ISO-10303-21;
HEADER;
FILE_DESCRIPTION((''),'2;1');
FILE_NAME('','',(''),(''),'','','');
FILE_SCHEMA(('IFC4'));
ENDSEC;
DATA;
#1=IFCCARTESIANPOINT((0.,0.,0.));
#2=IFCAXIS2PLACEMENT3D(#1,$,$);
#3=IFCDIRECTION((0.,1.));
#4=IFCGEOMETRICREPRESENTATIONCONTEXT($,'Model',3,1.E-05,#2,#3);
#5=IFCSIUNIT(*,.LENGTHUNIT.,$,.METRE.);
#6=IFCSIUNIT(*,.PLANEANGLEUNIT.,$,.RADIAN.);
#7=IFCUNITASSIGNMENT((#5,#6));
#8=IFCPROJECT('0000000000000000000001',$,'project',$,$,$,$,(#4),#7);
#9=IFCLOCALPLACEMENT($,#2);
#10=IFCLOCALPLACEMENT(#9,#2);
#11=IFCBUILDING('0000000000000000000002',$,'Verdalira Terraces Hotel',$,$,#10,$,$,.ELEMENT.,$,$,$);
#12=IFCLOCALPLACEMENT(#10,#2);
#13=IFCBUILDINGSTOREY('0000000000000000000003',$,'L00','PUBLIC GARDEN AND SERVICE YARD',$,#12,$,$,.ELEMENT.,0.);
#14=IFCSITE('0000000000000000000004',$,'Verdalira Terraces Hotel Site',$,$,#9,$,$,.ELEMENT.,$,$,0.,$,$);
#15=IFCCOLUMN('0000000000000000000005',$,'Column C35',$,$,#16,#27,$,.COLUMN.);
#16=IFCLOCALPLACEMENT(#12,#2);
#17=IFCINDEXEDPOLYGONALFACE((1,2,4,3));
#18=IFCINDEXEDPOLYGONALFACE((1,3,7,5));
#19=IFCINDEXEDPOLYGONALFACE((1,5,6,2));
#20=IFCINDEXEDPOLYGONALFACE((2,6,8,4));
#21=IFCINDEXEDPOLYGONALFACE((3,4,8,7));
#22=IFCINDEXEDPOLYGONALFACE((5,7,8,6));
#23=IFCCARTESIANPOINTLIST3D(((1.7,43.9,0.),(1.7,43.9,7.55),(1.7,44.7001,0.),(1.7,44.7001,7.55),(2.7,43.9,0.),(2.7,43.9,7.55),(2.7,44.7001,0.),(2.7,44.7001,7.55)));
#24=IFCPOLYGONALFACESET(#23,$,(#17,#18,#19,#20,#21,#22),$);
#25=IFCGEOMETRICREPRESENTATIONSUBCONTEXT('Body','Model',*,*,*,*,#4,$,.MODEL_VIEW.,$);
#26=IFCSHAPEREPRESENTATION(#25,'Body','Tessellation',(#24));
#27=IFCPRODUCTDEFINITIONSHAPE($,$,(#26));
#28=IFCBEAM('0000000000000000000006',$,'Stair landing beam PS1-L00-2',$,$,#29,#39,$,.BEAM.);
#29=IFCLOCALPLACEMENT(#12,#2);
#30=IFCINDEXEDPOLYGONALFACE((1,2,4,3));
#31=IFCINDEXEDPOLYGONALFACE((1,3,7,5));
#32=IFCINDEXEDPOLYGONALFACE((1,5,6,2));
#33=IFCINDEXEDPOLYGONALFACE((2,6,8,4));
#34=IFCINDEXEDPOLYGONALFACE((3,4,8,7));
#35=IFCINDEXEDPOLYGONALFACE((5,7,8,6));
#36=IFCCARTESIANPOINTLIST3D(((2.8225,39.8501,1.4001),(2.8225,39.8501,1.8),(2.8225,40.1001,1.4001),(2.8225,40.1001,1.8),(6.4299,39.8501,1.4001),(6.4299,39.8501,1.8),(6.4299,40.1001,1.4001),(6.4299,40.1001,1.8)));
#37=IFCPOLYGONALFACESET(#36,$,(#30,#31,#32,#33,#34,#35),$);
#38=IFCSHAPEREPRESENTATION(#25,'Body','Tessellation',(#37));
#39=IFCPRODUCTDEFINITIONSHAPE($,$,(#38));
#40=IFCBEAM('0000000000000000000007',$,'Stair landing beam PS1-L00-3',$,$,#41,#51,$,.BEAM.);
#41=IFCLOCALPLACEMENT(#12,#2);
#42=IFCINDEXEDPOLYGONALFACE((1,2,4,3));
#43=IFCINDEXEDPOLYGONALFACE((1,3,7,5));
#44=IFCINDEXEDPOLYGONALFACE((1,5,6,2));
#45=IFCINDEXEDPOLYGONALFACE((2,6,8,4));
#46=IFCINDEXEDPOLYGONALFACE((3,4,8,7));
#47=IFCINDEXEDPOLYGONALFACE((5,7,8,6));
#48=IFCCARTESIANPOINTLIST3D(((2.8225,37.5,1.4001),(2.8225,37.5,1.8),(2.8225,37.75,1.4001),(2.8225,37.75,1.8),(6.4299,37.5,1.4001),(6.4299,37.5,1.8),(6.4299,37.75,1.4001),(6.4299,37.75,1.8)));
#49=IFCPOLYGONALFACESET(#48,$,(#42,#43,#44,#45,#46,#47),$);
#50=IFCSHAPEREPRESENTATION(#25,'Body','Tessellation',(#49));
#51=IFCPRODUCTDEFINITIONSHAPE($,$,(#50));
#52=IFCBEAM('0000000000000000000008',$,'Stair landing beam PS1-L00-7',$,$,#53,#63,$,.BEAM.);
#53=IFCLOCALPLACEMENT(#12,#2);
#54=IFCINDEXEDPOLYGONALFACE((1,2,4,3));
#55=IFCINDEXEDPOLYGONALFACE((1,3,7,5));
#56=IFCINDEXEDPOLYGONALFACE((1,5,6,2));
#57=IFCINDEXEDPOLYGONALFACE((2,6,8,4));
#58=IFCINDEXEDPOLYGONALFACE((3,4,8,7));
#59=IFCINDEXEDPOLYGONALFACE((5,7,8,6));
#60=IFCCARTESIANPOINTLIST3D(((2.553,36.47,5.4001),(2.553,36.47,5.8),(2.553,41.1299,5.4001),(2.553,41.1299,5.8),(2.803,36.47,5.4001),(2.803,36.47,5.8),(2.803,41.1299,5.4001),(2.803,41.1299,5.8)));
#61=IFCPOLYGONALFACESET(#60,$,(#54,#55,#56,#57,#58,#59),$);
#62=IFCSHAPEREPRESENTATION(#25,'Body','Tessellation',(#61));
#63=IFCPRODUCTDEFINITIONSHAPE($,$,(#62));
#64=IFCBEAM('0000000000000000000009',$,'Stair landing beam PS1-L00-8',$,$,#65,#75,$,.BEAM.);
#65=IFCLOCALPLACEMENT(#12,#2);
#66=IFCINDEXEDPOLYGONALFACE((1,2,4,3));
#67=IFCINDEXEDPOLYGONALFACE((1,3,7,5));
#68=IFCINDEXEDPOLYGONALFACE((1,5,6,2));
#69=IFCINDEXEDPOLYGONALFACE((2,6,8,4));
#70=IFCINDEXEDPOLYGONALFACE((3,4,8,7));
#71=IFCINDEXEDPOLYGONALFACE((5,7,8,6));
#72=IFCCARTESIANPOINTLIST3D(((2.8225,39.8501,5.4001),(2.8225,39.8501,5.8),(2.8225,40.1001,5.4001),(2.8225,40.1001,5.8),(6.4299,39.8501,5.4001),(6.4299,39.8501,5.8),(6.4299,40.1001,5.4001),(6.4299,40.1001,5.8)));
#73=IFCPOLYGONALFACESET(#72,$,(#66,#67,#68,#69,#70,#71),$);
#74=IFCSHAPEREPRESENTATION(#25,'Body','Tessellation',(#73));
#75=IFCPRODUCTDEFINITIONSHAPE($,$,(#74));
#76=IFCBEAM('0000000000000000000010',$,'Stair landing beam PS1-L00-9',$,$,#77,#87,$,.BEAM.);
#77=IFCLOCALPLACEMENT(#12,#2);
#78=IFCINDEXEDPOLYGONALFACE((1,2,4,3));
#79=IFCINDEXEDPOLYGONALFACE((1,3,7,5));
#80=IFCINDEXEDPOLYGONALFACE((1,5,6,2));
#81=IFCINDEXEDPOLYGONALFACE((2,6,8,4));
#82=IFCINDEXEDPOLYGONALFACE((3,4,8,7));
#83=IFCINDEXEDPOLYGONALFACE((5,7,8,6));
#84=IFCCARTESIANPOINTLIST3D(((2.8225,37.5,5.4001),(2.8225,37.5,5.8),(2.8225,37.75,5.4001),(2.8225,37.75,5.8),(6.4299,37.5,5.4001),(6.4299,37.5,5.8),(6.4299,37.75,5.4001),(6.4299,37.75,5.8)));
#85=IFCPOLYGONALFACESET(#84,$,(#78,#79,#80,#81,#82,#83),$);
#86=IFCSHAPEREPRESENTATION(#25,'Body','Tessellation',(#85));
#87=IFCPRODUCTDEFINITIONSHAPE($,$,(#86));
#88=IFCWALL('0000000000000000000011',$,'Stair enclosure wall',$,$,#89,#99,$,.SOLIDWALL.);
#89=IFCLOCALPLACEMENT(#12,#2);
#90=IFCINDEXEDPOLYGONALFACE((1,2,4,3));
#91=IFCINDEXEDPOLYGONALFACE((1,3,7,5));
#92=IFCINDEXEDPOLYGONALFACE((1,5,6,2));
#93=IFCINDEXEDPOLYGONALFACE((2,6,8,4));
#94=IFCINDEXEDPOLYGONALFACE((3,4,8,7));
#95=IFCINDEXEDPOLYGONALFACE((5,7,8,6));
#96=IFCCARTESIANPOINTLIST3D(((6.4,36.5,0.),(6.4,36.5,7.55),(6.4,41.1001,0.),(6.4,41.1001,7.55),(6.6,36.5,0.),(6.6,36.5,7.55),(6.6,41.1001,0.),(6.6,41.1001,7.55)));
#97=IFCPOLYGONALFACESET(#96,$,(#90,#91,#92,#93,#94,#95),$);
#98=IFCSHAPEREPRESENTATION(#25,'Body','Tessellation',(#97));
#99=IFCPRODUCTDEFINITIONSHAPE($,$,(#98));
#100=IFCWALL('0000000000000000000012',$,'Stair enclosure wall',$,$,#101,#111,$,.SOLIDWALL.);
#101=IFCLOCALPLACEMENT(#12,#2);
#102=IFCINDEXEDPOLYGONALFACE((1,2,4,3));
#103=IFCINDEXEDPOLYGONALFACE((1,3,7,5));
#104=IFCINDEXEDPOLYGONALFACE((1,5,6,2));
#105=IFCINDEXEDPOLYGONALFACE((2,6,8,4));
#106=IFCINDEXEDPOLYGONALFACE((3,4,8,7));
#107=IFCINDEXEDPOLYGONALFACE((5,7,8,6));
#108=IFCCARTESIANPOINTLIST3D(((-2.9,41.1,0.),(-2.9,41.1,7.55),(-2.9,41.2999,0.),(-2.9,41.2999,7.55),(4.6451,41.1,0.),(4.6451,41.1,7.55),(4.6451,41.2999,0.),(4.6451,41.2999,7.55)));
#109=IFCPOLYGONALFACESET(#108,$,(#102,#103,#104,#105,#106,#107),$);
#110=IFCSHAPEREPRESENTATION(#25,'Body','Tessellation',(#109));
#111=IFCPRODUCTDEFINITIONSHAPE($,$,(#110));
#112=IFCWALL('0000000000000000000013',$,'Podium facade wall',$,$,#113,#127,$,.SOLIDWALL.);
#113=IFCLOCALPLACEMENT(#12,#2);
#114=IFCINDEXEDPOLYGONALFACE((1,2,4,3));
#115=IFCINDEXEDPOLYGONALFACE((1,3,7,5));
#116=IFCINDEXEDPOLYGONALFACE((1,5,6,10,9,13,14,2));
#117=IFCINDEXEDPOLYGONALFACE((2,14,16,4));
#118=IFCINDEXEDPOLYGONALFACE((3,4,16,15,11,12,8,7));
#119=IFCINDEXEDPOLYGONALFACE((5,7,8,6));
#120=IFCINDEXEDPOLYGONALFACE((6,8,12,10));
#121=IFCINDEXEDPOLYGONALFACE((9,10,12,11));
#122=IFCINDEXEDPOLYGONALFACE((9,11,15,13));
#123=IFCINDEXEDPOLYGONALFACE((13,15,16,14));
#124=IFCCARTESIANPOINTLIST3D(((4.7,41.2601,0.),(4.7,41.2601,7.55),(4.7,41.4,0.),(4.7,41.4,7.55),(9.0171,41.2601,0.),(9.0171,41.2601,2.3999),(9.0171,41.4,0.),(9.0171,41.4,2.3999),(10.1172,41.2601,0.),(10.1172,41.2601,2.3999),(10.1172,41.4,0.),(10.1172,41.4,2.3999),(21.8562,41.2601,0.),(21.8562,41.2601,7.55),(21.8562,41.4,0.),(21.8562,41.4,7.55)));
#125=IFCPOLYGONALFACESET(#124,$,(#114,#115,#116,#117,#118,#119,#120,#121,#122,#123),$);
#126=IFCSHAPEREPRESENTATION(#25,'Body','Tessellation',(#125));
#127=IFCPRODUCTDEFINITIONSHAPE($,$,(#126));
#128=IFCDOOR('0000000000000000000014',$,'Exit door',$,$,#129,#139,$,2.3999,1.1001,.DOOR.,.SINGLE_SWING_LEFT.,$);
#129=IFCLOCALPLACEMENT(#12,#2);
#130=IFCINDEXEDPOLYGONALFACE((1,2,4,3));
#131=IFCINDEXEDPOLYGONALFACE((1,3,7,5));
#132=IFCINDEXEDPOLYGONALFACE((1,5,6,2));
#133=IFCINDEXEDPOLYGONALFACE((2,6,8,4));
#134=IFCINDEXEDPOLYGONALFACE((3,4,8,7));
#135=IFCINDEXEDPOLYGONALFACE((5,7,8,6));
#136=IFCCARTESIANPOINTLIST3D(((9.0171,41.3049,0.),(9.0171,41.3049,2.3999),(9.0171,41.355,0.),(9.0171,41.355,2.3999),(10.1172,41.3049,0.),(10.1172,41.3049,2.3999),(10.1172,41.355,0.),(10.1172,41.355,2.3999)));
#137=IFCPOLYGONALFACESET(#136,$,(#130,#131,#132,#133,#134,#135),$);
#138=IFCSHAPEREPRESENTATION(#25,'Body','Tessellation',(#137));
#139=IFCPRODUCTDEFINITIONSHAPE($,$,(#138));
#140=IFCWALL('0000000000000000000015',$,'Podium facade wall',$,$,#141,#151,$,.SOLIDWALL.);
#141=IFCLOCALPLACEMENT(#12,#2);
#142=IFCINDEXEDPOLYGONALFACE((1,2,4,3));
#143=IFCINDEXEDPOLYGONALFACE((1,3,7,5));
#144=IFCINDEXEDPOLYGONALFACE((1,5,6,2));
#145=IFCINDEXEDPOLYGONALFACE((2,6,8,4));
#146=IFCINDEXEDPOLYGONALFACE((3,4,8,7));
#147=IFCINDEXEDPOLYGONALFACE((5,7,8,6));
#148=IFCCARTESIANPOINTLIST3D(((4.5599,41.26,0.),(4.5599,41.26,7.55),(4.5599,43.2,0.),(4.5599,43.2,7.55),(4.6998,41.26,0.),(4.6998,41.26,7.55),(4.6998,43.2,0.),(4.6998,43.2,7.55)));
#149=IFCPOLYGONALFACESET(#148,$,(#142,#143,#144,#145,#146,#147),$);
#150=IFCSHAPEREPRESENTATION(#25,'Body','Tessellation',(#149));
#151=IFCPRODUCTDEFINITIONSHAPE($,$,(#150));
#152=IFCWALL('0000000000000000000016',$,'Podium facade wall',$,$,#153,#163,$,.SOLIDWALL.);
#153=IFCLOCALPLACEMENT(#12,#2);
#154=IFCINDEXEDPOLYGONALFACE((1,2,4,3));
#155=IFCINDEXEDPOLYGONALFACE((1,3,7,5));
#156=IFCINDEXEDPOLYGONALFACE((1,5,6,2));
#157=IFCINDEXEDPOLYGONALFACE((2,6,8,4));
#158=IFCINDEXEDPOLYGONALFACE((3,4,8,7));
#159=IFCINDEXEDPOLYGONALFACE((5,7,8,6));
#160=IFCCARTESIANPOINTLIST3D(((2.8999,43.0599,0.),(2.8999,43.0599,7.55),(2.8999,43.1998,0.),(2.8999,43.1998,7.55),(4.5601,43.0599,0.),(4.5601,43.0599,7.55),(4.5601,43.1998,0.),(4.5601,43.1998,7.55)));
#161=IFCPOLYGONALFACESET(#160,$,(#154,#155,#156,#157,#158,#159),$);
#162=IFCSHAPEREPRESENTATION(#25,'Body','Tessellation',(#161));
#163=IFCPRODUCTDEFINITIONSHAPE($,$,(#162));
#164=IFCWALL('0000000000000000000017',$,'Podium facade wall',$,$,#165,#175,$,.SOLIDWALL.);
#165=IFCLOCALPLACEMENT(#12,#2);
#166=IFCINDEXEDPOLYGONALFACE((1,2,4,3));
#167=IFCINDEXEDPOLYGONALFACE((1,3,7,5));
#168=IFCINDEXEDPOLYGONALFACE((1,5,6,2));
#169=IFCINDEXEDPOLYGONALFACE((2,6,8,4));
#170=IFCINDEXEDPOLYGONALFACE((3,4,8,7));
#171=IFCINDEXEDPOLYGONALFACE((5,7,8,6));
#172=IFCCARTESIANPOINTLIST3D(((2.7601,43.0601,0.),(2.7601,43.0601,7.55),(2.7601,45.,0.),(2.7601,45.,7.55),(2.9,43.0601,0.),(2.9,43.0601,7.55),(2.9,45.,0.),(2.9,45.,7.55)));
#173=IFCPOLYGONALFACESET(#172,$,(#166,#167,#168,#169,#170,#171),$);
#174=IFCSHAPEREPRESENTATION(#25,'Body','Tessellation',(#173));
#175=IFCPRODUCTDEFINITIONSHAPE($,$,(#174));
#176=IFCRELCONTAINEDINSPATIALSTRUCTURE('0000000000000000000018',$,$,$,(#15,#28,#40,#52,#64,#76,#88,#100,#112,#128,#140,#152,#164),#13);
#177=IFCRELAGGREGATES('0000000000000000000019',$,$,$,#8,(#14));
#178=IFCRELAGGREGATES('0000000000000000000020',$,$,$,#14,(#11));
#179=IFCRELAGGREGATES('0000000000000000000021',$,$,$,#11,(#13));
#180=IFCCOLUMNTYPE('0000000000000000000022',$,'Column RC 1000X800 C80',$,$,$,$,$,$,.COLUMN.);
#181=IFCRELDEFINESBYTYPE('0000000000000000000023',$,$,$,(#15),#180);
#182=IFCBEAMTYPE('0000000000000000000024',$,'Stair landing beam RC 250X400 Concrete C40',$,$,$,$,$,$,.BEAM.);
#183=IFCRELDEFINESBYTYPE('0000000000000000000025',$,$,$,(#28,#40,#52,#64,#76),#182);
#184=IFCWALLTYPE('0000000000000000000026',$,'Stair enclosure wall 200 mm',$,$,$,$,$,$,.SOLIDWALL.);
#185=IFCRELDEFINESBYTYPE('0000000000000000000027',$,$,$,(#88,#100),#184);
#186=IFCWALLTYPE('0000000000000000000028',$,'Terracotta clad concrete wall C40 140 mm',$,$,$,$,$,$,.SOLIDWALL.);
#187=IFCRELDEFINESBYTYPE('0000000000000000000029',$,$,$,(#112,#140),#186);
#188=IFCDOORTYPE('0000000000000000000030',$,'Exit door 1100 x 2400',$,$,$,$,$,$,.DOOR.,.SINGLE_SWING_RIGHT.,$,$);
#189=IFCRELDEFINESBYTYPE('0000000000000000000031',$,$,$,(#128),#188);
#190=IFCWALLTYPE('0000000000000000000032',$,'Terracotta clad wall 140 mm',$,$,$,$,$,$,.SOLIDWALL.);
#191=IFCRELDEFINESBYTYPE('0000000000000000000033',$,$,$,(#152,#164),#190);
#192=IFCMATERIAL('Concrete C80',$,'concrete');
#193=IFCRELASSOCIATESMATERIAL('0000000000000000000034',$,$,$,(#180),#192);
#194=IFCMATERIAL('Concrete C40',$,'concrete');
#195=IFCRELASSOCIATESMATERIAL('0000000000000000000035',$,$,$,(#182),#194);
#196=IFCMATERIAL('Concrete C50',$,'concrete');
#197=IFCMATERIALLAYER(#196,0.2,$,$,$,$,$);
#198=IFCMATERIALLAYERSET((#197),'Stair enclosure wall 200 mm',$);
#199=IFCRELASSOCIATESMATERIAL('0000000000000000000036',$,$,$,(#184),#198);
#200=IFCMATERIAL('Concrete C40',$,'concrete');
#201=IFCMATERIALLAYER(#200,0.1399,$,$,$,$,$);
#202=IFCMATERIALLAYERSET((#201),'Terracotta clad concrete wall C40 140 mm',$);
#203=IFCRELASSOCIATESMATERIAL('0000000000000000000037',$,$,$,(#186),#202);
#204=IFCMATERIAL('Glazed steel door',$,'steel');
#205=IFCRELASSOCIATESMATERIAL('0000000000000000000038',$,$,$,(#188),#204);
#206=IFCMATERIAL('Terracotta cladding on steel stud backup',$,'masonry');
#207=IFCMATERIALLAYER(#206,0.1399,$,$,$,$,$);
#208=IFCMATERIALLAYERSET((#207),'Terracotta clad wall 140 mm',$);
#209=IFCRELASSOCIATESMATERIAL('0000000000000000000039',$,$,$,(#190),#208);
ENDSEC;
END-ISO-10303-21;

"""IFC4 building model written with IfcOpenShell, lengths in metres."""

from ifc_helpers import new_model, si_unit, direction, frame, frame_2d, origin, origin_2d, place, context, subcontext, project, spatial, rectangle, extrude, material, layer, layer_set, material_profile, profile_set, type_object, element, fill, save


model = new_model("IFC4")

# Units and contexts
model_context = context("Model", 3, precision=1e-05, world=origin(), true_north=direction((0.0, 1.0)))
body_context = subcontext(model_context, "Body", "Model", "MODEL_VIEW")
ifc_project = project(units=[si_unit("LENGTHUNIT", "METRE"), si_unit("PLANEANGLEUNIT", "RADIAN")], contexts=[model_context])

# Site, building, storey
site_placement = place(None, origin())
site = spatial("IfcSite", under=ifc_project, at=site_placement, Name="Verdalira Terraces Hotel Site", CompositionType="ELEMENT", RefElevation=0.0)
building_placement = place(site_placement, origin())
building = spatial("IfcBuilding", under=site, at=building_placement, Name="Verdalira Terraces Hotel", CompositionType="ELEMENT")
storey_placement = place(building_placement, origin())
storey = spatial("IfcBuildingStorey", under=building, at=storey_placement, Name="L00", Description="PUBLIC GARDEN AND SERVICE YARD", CompositionType="ELEMENT", Elevation=0.0)

# Column
ifc_material_1 = material(Name="Concrete C80", Category="concrete")
ifc_material_profile_1 = material_profile(ifc_material_1, rectangle(XDim=1.0, YDim=0.8, at=origin_2d()), Name="RC 1000X800")
ifc_profile_set_1 = profile_set([ifc_material_profile_1], Name="Concrete C80")
column_type = type_object("IfcColumnType", Name="Column RC 1000X800 C80", PredefinedType="COLUMN", material=ifc_profile_set_1)
column_placement = place(storey_placement, frame((2.2, 44.3, 0.0), z_axis=(0.0, 0.0, 1.0), x_axis=(-1.0, 0.0, 0.0)))
element("IfcColumn", 1, at=column_placement, inside=storey, type_object=column_type, Name="Column C35", PredefinedType="COLUMN", context=body_context, shape_type="SweptSolid", body=[
    extrude(rectangle(XDim=1.0, YDim=0.8, at=origin_2d()), origin(), (0.0, 0.0, 1.0), 7.55),
])

# Beams
ifc_material_2 = material(Name="Concrete C40", Category="concrete")
ifc_material_profile_2 = material_profile(ifc_material_2, rectangle(XDim=0.25, YDim=0.3999, at=origin_2d()), Name="RC 250X400")
ifc_profile_set_2 = profile_set([ifc_material_profile_2], Name="Concrete C40")
beam_type = type_object("IfcBeamType", Name="Stair landing beam RC 250X400 Concrete C40", PredefinedType="BEAM", material=ifc_profile_set_2)
for number, where, z_axis, x_axis, name in (
    (2, (2.8225, 39.9751, 1.6001), (1.0, 0.0, 0.0), (0.0, 1.0, 0.0), "Stair landing beam PS1-L00-2"),
    (3, (2.8225, 37.625, 1.6001), (1.0, 0.0, 0.0), (0.0, 1.0, 0.0), "Stair landing beam PS1-L00-3"),
):
    element("IfcBeam", number, at=place(storey_placement, frame(where, z_axis=z_axis, x_axis=x_axis)), inside=storey, type_object=beam_type, Name=name, PredefinedType="BEAM", context=body_context, shape_type="SweptSolid", body=[
        extrude(rectangle(XDim=0.25, YDim=0.3999, at=origin_2d()), origin(), (0.0, 0.0, 1.0), 3.6074),
    ])
beam_placement = place(storey_placement, frame((2.678, 36.47, 5.6001), z_axis=(0.0, 1.0, 0.0), x_axis=(-1.0, 0.0, 0.0)))
element("IfcBeam", 4, at=beam_placement, inside=storey, type_object=beam_type, Name="Stair landing beam PS1-L00-7", PredefinedType="BEAM", context=body_context, shape_type="SweptSolid", body=[
    extrude(rectangle(XDim=0.25, YDim=0.3999, at=origin_2d()), origin(), (0.0, 0.0, 1.0), 4.6599),
])
for number, where, z_axis, x_axis, name in (
    (5, (2.8225, 39.9751, 5.6001), (1.0, 0.0, 0.0), (0.0, 1.0, 0.0), "Stair landing beam PS1-L00-8"),
    (6, (2.8225, 37.625, 5.6001), (1.0, 0.0, 0.0), (0.0, 1.0, 0.0), "Stair landing beam PS1-L00-9"),
):
    element("IfcBeam", number, at=place(storey_placement, frame(where, z_axis=z_axis, x_axis=x_axis)), inside=storey, type_object=beam_type, Name=name, PredefinedType="BEAM", context=body_context, shape_type="SweptSolid", body=[
        extrude(rectangle(XDim=0.25, YDim=0.3999, at=origin_2d()), origin(), (0.0, 0.0, 1.0), 3.6074),
    ])

# Walls
ifc_material_3 = material(Name="Concrete C50", Category="concrete")
ifc_layer_1 = layer(ifc_material_3, 0.2)
ifc_layer_set_1 = layer_set([ifc_layer_1], Name="Stair enclosure wall 200 mm")
wall_type_1 = type_object("IfcWallType", Name="Stair enclosure wall 200 mm", PredefinedType="SOLIDWALL", material=ifc_layer_set_1)
wall_1_placement = place(storey_placement, frame((6.5, 36.5, 0.0), z_axis=(0.0, 0.0, 1.0), x_axis=(0.0, 1.0, 0.0)))
element("IfcWall", 7, at=wall_1_placement, inside=storey, type_object=wall_type_1, Name="Stair enclosure wall", PredefinedType="SOLIDWALL", context=body_context, shape_type="SweptSolid", body=[
    extrude(rectangle(XDim=4.6001, YDim=0.2, at=frame_2d((2.3, 0.0))), origin(), (0.0, 0.0, 1.0), 7.55),
])
wall_2_placement = place(storey_placement, frame((4.645, 41.2, 0.0), z_axis=(0.0, 0.0, 1.0), x_axis=(-1.0, 0.0, 0.0)))
element("IfcWall", 8, at=wall_2_placement, inside=storey, type_object=wall_type_1, Name="Stair enclosure wall", PredefinedType="SOLIDWALL", context=body_context, shape_type="SweptSolid", body=[
    extrude(rectangle(XDim=7.5452, YDim=0.2, at=frame_2d((3.7725, 0.0))), origin(), (0.0, 0.0, 1.0), 7.55),
])

# Wall, opening, door
ifc_material_4 = material(Name="Concrete C40", Category="concrete")
ifc_layer_2 = layer(ifc_material_4, 0.1399)
ifc_layer_set_2 = layer_set([ifc_layer_2], Name="Terracotta clad concrete wall C40 140 mm")
wall_type_2 = type_object("IfcWallType", Name="Terracotta clad concrete wall C40 140 mm", PredefinedType="SOLIDWALL", material=ifc_layer_set_2)
wall_3_placement = place(storey_placement, frame((4.7, 41.3301, 0.0), z_axis=(0.0, 0.0, 1.0), x_axis=(1.0, 0.0, 0.0)))
wall_3 = element("IfcWall", 9, at=wall_3_placement, inside=storey, type_object=wall_type_2, Name="Podium facade wall", PredefinedType="SOLIDWALL", context=body_context, shape_type="SweptSolid", body=[
    extrude(rectangle(XDim=17.1562, YDim=0.1399, at=frame_2d((8.5781, 0.0))), origin(), (0.0, 0.0, 1.0), 7.55),
])
opening_placement = place(wall_3_placement, frame((4.3171, 0.0, 0.0)))
opening = element("IfcOpeningElement", 10, at=opening_placement, cuts=wall_3, PredefinedType="OPENING", context=body_context, shape_type="SweptSolid", body=[
    extrude(rectangle(XDim=1.1001, YDim=2.3999, at=frame_2d((0.55, 1.2))), frame((0.0, 0.0798, 0.0), z_axis=(0.0, -1.0, 0.0), x_axis=(1.0, 0.0, 0.0)), (0.0, 0.0, 1.0), 0.1599),
])
ifc_material_5 = material(Name="Glazed steel door", Category="steel")
door_type = type_object("IfcDoorType", Name="Exit door 1100 x 2400", OperationType="SINGLE_SWING_RIGHT", PredefinedType="DOOR", material=ifc_material_5)
door_placement = place(opening_placement, origin())
door = element("IfcDoor", 11, at=door_placement, inside=storey, type_object=door_type, Name="Exit door", OperationType="SINGLE_SWING_LEFT", OverallHeight=2.3999, OverallWidth=1.1001, PredefinedType="DOOR", context=body_context, shape_type="SweptSolid", body=[
    extrude(rectangle(XDim=1.1001, YDim=2.3999, at=frame_2d((0.55, 1.2))), frame((0.0, 0.0249, 0.0), z_axis=(0.0, -1.0, 0.0), x_axis=(1.0, 0.0, 0.0)), (0.0, 0.0, 1.0), 0.05),
])
fill(opening, door)

# Walls
wall_4_placement = place(storey_placement, frame((4.6299, 41.26, 0.0), z_axis=(0.0, 0.0, 1.0), x_axis=(0.0, 1.0, 0.0)))
element("IfcWall", 12, at=wall_4_placement, inside=storey, type_object=wall_type_2, Name="Podium facade wall", PredefinedType="SOLIDWALL", context=body_context, shape_type="SweptSolid", body=[
    extrude(rectangle(XDim=1.9399, YDim=0.1399, at=frame_2d((0.97, 0.0))), origin(), (0.0, 0.0, 1.0), 7.55),
])
ifc_material_6 = material(Name="Terracotta cladding on steel stud backup", Category="masonry")
ifc_layer_3 = layer(ifc_material_6, 0.1399)
ifc_layer_set_3 = layer_set([ifc_layer_3], Name="Terracotta clad wall 140 mm")
wall_type_3 = type_object("IfcWallType", Name="Terracotta clad wall 140 mm", PredefinedType="SOLIDWALL", material=ifc_layer_set_3)
wall_5_placement = place(storey_placement, frame((4.5601, 43.1299, 0.0), z_axis=(0.0, 0.0, 1.0), x_axis=(-1.0, 0.0, 0.0)))
element("IfcWall", 13, at=wall_5_placement, inside=storey, type_object=wall_type_3, Name="Podium facade wall", PredefinedType="SOLIDWALL", context=body_context, shape_type="SweptSolid", body=[
    extrude(rectangle(XDim=1.6602, YDim=0.1399, at=frame_2d((0.8301, 0.0))), origin(), (0.0, 0.0, 1.0), 7.55),
])
wall_6_placement = place(storey_placement, frame((2.8301, 43.0601, 0.0), z_axis=(0.0, 0.0, 1.0), x_axis=(0.0, 1.0, 0.0)))
element("IfcWall", 14, at=wall_6_placement, inside=storey, type_object=wall_type_3, Name="Podium facade wall", PredefinedType="SOLIDWALL", context=body_context, shape_type="SweptSolid", body=[
    extrude(rectangle(XDim=1.9399, YDim=0.1399, at=frame_2d((0.97, 0.0))), origin(), (0.0, 0.0, 1.0), 7.55),
])

save(model, "model.ifc")
